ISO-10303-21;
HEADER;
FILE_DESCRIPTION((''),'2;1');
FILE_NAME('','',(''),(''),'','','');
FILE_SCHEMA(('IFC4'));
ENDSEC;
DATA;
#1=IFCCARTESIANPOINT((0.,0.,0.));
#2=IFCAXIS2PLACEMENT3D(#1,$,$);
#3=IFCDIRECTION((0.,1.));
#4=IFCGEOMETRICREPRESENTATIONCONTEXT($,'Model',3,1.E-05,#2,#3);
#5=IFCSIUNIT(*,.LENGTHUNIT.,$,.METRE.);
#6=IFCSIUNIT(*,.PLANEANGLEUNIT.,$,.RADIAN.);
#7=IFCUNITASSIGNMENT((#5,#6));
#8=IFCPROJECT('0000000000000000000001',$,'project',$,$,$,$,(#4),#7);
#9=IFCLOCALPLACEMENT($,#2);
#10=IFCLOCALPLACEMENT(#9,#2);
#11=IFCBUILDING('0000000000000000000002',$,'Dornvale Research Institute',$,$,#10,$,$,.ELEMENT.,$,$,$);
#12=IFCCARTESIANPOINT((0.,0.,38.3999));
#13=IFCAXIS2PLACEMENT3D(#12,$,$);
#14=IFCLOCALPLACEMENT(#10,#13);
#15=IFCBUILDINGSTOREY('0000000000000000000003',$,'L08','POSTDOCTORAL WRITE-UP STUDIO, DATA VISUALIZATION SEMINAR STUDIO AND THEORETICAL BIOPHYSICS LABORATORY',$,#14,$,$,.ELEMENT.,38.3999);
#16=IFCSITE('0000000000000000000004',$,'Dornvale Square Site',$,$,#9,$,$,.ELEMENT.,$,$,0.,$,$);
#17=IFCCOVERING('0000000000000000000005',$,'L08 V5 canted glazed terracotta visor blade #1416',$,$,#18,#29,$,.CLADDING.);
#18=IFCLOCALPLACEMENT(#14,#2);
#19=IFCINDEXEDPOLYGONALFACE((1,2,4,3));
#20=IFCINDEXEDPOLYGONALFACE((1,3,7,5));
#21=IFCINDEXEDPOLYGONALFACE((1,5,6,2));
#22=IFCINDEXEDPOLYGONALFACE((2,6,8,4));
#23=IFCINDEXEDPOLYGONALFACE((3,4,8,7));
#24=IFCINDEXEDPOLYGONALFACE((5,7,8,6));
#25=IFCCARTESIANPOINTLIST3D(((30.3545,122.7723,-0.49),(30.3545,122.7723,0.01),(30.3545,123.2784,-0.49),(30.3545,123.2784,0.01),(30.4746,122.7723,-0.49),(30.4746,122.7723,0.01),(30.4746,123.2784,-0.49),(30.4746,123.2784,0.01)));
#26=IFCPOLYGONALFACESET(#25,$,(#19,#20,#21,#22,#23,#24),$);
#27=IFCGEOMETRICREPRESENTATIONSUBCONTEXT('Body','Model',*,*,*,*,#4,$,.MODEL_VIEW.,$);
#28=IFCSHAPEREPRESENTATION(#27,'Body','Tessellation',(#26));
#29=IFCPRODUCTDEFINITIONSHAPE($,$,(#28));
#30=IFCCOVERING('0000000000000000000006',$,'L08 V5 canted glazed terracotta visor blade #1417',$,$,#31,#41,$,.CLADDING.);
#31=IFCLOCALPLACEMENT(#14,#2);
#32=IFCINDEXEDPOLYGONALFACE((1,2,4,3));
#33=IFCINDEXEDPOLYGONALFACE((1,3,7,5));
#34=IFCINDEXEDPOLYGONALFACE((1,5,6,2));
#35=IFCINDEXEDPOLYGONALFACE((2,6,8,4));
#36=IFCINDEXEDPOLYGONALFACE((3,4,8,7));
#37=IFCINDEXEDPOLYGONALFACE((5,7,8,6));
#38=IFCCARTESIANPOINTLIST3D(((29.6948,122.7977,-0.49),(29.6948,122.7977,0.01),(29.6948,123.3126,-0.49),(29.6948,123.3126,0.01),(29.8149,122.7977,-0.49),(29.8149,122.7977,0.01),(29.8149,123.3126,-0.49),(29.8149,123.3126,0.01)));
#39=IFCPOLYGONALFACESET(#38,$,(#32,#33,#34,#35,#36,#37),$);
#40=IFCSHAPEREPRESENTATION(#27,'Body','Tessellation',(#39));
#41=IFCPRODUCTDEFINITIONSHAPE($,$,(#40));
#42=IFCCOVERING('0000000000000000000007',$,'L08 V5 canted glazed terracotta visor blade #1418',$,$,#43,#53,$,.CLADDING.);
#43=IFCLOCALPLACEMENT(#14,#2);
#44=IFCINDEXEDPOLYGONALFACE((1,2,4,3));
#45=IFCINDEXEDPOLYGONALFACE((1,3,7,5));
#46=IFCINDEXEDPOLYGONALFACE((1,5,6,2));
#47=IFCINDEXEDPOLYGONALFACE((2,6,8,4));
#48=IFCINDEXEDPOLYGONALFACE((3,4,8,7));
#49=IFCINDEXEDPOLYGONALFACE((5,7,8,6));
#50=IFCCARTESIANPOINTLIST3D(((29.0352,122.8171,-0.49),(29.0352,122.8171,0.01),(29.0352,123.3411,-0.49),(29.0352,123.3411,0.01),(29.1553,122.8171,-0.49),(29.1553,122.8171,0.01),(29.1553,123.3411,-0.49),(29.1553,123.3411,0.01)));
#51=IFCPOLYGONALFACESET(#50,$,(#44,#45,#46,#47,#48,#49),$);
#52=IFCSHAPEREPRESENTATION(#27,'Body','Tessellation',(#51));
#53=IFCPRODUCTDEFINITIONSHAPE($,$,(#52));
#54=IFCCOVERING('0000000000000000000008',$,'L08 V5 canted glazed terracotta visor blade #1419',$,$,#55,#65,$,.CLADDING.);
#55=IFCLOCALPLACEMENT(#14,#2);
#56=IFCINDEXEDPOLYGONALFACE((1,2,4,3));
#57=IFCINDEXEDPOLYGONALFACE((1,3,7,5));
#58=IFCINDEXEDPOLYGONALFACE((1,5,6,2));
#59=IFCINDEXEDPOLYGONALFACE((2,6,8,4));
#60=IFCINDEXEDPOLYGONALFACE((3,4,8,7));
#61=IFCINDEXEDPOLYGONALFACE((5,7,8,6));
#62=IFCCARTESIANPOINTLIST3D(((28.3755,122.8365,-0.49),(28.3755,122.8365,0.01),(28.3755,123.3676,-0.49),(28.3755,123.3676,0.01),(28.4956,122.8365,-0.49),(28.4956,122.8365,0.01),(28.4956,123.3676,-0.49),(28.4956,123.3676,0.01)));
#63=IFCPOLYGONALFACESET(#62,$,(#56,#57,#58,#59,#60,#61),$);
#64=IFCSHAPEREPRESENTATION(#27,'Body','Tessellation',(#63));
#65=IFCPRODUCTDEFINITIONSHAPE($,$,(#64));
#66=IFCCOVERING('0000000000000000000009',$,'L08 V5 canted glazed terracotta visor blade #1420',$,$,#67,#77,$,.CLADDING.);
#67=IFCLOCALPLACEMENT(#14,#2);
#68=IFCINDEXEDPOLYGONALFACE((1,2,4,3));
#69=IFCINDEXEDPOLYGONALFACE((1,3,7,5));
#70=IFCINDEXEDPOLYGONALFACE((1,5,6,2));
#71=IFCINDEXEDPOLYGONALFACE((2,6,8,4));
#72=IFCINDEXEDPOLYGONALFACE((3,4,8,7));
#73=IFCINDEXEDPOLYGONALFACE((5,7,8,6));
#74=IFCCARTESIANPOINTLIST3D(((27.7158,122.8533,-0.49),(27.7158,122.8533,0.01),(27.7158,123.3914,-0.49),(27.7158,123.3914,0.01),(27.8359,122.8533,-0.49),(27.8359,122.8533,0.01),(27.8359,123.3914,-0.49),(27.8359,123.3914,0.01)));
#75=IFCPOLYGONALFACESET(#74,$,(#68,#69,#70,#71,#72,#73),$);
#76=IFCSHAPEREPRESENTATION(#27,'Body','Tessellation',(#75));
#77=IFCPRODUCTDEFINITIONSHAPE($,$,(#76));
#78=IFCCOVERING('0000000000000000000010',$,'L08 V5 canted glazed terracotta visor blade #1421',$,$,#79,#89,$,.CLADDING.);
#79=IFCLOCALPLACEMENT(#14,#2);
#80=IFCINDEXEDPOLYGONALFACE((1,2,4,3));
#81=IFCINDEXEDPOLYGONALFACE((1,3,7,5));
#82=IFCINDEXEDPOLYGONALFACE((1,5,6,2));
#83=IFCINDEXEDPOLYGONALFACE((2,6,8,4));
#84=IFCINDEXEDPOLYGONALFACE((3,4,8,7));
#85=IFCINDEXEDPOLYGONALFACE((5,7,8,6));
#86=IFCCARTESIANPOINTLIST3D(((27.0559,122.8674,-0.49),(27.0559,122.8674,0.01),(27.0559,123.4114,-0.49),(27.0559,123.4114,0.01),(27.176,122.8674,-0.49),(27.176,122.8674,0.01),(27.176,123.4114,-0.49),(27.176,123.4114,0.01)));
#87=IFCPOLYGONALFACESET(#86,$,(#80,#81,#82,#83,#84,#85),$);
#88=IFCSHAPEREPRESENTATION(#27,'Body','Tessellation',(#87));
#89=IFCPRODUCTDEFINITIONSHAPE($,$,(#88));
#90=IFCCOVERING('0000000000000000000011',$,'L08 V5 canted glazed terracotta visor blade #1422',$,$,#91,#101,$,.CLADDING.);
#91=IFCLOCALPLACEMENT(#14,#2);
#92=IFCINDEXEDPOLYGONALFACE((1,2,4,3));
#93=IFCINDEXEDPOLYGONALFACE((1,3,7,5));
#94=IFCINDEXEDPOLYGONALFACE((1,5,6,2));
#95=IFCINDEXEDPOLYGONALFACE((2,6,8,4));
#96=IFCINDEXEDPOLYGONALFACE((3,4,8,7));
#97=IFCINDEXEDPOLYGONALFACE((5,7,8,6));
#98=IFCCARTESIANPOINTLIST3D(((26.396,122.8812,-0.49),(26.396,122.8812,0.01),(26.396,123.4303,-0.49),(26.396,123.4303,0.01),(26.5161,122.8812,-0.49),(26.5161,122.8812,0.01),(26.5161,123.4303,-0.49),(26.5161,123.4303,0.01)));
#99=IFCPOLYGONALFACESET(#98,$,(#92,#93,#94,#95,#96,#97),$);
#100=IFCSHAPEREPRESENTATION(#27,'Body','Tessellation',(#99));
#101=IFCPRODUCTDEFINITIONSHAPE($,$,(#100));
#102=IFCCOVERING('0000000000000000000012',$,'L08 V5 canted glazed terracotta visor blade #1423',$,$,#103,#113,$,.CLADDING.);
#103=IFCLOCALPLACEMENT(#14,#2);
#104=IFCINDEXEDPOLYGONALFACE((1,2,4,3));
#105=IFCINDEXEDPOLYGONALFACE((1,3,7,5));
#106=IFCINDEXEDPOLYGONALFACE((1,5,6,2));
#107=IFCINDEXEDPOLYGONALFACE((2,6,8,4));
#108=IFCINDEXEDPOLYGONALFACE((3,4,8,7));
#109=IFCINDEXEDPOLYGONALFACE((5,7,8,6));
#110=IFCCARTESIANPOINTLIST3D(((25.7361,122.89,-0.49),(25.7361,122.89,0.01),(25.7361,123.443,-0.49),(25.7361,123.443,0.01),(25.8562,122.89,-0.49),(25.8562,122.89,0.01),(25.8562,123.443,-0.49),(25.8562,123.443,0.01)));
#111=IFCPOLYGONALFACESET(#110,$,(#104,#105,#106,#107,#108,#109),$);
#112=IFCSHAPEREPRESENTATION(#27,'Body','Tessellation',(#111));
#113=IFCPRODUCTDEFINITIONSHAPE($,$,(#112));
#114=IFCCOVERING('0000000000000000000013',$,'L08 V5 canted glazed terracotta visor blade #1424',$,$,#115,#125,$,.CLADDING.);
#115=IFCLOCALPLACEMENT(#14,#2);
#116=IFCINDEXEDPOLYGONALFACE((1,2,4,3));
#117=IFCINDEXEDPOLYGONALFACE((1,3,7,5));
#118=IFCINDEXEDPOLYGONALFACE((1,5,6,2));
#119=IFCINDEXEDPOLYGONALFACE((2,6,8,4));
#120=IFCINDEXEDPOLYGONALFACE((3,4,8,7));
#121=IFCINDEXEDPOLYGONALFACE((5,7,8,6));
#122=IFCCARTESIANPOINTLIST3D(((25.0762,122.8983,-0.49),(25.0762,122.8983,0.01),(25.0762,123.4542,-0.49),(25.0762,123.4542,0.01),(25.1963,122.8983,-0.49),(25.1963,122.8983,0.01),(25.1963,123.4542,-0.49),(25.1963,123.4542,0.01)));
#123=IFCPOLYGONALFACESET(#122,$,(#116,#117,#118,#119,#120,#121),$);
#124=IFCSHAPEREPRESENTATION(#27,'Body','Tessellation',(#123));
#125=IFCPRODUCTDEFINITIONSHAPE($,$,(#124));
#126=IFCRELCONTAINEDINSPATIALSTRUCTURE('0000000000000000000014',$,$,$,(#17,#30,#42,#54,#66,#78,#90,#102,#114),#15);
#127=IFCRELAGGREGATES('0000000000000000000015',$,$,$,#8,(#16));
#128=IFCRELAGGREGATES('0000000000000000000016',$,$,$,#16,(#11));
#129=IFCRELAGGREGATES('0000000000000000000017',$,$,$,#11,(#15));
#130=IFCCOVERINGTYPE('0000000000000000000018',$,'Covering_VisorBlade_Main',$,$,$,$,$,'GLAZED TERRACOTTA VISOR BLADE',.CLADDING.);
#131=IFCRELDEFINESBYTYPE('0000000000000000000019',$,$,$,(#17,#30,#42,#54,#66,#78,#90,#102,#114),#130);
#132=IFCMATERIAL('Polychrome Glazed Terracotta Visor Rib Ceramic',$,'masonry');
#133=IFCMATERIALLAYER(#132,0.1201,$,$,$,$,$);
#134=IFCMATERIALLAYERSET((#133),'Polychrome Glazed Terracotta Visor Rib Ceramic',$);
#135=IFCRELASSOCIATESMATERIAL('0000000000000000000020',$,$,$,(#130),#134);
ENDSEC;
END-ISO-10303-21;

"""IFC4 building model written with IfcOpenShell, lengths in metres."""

from ifc_helpers import new_model, si_unit, direction, frame, origin, origin_2d, place, context, subcontext, project, spatial, rectangle, extrude, material, layer, layer_set, type_object, element, save


model = new_model("IFC4")

# Units and contexts
model_context = context("Model", 3, precision=1e-05, world=origin(), true_north=direction((0.0, 1.0)))
body_context = subcontext(model_context, "Body", "Model", "MODEL_VIEW")
ifc_project = project(units=[si_unit("LENGTHUNIT", "METRE"), si_unit("PLANEANGLEUNIT", "RADIAN")], contexts=[model_context])

# Site, building, storey
site_placement = place(None, origin())
site = spatial("IfcSite", under=ifc_project, at=site_placement, Name="Dornvale Square Site", CompositionType="ELEMENT", RefElevation=0.0)
building_placement = place(site_placement, origin())
building = spatial("IfcBuilding", under=site, at=building_placement, Name="Dornvale Research Institute", CompositionType="ELEMENT")
storey_placement = place(building_placement, frame((0.0, 0.0, 38.3999)))
storey = spatial("IfcBuildingStorey", under=building, at=storey_placement, Name="L08", Description="POSTDOCTORAL WRITE-UP STUDIO, DATA VISUALIZATION SEMINAR STUDIO AND THEORETICAL BIOPHYSICS LABORATORY", CompositionType="ELEMENT", Elevation=38.3999)

# Coverings
ifc_material_1 = material(Name="Polychrome Glazed Terracotta Visor Rib Ceramic", Category="masonry")
ifc_layer_1 = layer(ifc_material_1, 0.1201)
ifc_layer_set_1 = layer_set([ifc_layer_1], Name="Polychrome Glazed Terracotta Visor Rib Ceramic")
covering_type = type_object("IfcCoveringType", Name="Covering_VisorBlade_Main", ElementType="GLAZED TERRACOTTA VISOR BLADE", PredefinedType="CLADDING", material=ifc_layer_set_1)
covering_1_placement = place(storey_placement, frame((30.4146, 123.0254, -0.49), z_axis=(0.0, 0.0, 1.0), x_axis=(0.0, 1.0, 0.0)))
element("IfcCovering", 1, at=covering_1_placement, inside=storey, type_object=covering_type, Name="L08 V5 canted glazed terracotta visor blade #1416", PredefinedType="CLADDING", context=body_context, shape_type="SweptSolid", body=[
    extrude(rectangle(XDim=0.5061, YDim=0.1201, at=origin_2d()), origin(), (0.0, 0.0, 1.0), 0.5),
])
covering_2_placement = place(storey_placement, frame((29.7549, 123.0552, -0.49), z_axis=(0.0, 0.0, 1.0), x_axis=(0.0, 1.0, 0.0)))
element("IfcCovering", 2, at=covering_2_placement, inside=storey, type_object=covering_type, Name="L08 V5 canted glazed terracotta visor blade #1417", PredefinedType="CLADDING", context=body_context, shape_type="SweptSolid", body=[
    extrude(rectangle(XDim=0.5149, YDim=0.1201, at=origin_2d()), origin(), (0.0, 0.0, 1.0), 0.5),
])
covering_3_placement = place(storey_placement, frame((29.0952, 123.0791, -0.49), z_axis=(0.0, 0.0, 1.0), x_axis=(0.0, 1.0, 0.0)))
element("IfcCovering", 3, at=covering_3_placement, inside=storey, type_object=covering_type, Name="L08 V5 canted glazed terracotta visor blade #1418", PredefinedType="CLADDING", context=body_context, shape_type="SweptSolid", body=[
    extrude(rectangle(XDim=0.5239, YDim=0.1201, at=origin_2d()), origin(), (0.0, 0.0, 1.0), 0.5),
])
covering_4_placement = place(storey_placement, frame((28.4355, 123.1021, -0.49), z_axis=(0.0, 0.0, 1.0), x_axis=(0.0, 1.0, 0.0)))
element("IfcCovering", 4, at=covering_4_placement, inside=storey, type_object=covering_type, Name="L08 V5 canted glazed terracotta visor blade #1419", PredefinedType="CLADDING", context=body_context, shape_type="SweptSolid", body=[
    extrude(rectangle(XDim=0.531, YDim=0.1201, at=origin_2d()), origin(), (0.0, 0.0, 1.0), 0.5),
])
covering_5_placement = place(storey_placement, frame((27.7759, 123.1223, -0.49), z_axis=(0.0, 0.0, 1.0), x_axis=(0.0, 1.0, 0.0)))
element("IfcCovering", 5, at=covering_5_placement, inside=storey, type_object=covering_type, Name="L08 V5 canted glazed terracotta visor blade #1420", PredefinedType="CLADDING", context=body_context, shape_type="SweptSolid", body=[
    extrude(rectangle(XDim=0.5381, YDim=0.1201, at=origin_2d()), origin(), (0.0, 0.0, 1.0), 0.5),
])
covering_6_placement = place(storey_placement, frame((27.116, 123.1394, -0.49), z_axis=(0.0, 0.0, 1.0), x_axis=(0.0, 1.0, 0.0)))
element("IfcCovering", 6, at=covering_6_placement, inside=storey, type_object=covering_type, Name="L08 V5 canted glazed terracotta visor blade #1421", PredefinedType="CLADDING", context=body_context, shape_type="SweptSolid", body=[
    extrude(rectangle(XDim=0.5439, YDim=0.1201, at=origin_2d()), origin(), (0.0, 0.0, 1.0), 0.5),
])
covering_7_placement = place(storey_placement, frame((26.4561, 123.1558, -0.49), z_axis=(0.0, 0.0, 1.0), x_axis=(0.0, 1.0, 0.0)))
element("IfcCovering", 7, at=covering_7_placement, inside=storey, type_object=covering_type, Name="L08 V5 canted glazed terracotta visor blade #1422", PredefinedType="CLADDING", context=body_context, shape_type="SweptSolid", body=[
    extrude(rectangle(XDim=0.5491, YDim=0.1201, at=origin_2d()), origin(), (0.0, 0.0, 1.0), 0.5),
])
covering_8_placement = place(storey_placement, frame((25.7961, 123.1665, -0.49), z_axis=(0.0, 0.0, 1.0), x_axis=(0.0, 1.0, 0.0)))
element("IfcCovering", 8, at=covering_8_placement, inside=storey, type_object=covering_type, Name="L08 V5 canted glazed terracotta visor blade #1423", PredefinedType="CLADDING", context=body_context, shape_type="SweptSolid", body=[
    extrude(rectangle(XDim=0.553, YDim=0.1201, at=origin_2d()), origin(), (0.0, 0.0, 1.0), 0.5),
])
covering_9_placement = place(storey_placement, frame((25.1362, 123.1763, -0.49), z_axis=(0.0, 0.0, 1.0), x_axis=(0.0, 1.0, 0.0)))
element("IfcCovering", 9, at=covering_9_placement, inside=storey, type_object=covering_type, Name="L08 V5 canted glazed terracotta visor blade #1424", PredefinedType="CLADDING", context=body_context, shape_type="SweptSolid", body=[
    extrude(rectangle(XDim=0.5559, YDim=0.1201, at=origin_2d()), origin(), (0.0, 0.0, 1.0), 0.5),
])

save(model, "model.ifc")
